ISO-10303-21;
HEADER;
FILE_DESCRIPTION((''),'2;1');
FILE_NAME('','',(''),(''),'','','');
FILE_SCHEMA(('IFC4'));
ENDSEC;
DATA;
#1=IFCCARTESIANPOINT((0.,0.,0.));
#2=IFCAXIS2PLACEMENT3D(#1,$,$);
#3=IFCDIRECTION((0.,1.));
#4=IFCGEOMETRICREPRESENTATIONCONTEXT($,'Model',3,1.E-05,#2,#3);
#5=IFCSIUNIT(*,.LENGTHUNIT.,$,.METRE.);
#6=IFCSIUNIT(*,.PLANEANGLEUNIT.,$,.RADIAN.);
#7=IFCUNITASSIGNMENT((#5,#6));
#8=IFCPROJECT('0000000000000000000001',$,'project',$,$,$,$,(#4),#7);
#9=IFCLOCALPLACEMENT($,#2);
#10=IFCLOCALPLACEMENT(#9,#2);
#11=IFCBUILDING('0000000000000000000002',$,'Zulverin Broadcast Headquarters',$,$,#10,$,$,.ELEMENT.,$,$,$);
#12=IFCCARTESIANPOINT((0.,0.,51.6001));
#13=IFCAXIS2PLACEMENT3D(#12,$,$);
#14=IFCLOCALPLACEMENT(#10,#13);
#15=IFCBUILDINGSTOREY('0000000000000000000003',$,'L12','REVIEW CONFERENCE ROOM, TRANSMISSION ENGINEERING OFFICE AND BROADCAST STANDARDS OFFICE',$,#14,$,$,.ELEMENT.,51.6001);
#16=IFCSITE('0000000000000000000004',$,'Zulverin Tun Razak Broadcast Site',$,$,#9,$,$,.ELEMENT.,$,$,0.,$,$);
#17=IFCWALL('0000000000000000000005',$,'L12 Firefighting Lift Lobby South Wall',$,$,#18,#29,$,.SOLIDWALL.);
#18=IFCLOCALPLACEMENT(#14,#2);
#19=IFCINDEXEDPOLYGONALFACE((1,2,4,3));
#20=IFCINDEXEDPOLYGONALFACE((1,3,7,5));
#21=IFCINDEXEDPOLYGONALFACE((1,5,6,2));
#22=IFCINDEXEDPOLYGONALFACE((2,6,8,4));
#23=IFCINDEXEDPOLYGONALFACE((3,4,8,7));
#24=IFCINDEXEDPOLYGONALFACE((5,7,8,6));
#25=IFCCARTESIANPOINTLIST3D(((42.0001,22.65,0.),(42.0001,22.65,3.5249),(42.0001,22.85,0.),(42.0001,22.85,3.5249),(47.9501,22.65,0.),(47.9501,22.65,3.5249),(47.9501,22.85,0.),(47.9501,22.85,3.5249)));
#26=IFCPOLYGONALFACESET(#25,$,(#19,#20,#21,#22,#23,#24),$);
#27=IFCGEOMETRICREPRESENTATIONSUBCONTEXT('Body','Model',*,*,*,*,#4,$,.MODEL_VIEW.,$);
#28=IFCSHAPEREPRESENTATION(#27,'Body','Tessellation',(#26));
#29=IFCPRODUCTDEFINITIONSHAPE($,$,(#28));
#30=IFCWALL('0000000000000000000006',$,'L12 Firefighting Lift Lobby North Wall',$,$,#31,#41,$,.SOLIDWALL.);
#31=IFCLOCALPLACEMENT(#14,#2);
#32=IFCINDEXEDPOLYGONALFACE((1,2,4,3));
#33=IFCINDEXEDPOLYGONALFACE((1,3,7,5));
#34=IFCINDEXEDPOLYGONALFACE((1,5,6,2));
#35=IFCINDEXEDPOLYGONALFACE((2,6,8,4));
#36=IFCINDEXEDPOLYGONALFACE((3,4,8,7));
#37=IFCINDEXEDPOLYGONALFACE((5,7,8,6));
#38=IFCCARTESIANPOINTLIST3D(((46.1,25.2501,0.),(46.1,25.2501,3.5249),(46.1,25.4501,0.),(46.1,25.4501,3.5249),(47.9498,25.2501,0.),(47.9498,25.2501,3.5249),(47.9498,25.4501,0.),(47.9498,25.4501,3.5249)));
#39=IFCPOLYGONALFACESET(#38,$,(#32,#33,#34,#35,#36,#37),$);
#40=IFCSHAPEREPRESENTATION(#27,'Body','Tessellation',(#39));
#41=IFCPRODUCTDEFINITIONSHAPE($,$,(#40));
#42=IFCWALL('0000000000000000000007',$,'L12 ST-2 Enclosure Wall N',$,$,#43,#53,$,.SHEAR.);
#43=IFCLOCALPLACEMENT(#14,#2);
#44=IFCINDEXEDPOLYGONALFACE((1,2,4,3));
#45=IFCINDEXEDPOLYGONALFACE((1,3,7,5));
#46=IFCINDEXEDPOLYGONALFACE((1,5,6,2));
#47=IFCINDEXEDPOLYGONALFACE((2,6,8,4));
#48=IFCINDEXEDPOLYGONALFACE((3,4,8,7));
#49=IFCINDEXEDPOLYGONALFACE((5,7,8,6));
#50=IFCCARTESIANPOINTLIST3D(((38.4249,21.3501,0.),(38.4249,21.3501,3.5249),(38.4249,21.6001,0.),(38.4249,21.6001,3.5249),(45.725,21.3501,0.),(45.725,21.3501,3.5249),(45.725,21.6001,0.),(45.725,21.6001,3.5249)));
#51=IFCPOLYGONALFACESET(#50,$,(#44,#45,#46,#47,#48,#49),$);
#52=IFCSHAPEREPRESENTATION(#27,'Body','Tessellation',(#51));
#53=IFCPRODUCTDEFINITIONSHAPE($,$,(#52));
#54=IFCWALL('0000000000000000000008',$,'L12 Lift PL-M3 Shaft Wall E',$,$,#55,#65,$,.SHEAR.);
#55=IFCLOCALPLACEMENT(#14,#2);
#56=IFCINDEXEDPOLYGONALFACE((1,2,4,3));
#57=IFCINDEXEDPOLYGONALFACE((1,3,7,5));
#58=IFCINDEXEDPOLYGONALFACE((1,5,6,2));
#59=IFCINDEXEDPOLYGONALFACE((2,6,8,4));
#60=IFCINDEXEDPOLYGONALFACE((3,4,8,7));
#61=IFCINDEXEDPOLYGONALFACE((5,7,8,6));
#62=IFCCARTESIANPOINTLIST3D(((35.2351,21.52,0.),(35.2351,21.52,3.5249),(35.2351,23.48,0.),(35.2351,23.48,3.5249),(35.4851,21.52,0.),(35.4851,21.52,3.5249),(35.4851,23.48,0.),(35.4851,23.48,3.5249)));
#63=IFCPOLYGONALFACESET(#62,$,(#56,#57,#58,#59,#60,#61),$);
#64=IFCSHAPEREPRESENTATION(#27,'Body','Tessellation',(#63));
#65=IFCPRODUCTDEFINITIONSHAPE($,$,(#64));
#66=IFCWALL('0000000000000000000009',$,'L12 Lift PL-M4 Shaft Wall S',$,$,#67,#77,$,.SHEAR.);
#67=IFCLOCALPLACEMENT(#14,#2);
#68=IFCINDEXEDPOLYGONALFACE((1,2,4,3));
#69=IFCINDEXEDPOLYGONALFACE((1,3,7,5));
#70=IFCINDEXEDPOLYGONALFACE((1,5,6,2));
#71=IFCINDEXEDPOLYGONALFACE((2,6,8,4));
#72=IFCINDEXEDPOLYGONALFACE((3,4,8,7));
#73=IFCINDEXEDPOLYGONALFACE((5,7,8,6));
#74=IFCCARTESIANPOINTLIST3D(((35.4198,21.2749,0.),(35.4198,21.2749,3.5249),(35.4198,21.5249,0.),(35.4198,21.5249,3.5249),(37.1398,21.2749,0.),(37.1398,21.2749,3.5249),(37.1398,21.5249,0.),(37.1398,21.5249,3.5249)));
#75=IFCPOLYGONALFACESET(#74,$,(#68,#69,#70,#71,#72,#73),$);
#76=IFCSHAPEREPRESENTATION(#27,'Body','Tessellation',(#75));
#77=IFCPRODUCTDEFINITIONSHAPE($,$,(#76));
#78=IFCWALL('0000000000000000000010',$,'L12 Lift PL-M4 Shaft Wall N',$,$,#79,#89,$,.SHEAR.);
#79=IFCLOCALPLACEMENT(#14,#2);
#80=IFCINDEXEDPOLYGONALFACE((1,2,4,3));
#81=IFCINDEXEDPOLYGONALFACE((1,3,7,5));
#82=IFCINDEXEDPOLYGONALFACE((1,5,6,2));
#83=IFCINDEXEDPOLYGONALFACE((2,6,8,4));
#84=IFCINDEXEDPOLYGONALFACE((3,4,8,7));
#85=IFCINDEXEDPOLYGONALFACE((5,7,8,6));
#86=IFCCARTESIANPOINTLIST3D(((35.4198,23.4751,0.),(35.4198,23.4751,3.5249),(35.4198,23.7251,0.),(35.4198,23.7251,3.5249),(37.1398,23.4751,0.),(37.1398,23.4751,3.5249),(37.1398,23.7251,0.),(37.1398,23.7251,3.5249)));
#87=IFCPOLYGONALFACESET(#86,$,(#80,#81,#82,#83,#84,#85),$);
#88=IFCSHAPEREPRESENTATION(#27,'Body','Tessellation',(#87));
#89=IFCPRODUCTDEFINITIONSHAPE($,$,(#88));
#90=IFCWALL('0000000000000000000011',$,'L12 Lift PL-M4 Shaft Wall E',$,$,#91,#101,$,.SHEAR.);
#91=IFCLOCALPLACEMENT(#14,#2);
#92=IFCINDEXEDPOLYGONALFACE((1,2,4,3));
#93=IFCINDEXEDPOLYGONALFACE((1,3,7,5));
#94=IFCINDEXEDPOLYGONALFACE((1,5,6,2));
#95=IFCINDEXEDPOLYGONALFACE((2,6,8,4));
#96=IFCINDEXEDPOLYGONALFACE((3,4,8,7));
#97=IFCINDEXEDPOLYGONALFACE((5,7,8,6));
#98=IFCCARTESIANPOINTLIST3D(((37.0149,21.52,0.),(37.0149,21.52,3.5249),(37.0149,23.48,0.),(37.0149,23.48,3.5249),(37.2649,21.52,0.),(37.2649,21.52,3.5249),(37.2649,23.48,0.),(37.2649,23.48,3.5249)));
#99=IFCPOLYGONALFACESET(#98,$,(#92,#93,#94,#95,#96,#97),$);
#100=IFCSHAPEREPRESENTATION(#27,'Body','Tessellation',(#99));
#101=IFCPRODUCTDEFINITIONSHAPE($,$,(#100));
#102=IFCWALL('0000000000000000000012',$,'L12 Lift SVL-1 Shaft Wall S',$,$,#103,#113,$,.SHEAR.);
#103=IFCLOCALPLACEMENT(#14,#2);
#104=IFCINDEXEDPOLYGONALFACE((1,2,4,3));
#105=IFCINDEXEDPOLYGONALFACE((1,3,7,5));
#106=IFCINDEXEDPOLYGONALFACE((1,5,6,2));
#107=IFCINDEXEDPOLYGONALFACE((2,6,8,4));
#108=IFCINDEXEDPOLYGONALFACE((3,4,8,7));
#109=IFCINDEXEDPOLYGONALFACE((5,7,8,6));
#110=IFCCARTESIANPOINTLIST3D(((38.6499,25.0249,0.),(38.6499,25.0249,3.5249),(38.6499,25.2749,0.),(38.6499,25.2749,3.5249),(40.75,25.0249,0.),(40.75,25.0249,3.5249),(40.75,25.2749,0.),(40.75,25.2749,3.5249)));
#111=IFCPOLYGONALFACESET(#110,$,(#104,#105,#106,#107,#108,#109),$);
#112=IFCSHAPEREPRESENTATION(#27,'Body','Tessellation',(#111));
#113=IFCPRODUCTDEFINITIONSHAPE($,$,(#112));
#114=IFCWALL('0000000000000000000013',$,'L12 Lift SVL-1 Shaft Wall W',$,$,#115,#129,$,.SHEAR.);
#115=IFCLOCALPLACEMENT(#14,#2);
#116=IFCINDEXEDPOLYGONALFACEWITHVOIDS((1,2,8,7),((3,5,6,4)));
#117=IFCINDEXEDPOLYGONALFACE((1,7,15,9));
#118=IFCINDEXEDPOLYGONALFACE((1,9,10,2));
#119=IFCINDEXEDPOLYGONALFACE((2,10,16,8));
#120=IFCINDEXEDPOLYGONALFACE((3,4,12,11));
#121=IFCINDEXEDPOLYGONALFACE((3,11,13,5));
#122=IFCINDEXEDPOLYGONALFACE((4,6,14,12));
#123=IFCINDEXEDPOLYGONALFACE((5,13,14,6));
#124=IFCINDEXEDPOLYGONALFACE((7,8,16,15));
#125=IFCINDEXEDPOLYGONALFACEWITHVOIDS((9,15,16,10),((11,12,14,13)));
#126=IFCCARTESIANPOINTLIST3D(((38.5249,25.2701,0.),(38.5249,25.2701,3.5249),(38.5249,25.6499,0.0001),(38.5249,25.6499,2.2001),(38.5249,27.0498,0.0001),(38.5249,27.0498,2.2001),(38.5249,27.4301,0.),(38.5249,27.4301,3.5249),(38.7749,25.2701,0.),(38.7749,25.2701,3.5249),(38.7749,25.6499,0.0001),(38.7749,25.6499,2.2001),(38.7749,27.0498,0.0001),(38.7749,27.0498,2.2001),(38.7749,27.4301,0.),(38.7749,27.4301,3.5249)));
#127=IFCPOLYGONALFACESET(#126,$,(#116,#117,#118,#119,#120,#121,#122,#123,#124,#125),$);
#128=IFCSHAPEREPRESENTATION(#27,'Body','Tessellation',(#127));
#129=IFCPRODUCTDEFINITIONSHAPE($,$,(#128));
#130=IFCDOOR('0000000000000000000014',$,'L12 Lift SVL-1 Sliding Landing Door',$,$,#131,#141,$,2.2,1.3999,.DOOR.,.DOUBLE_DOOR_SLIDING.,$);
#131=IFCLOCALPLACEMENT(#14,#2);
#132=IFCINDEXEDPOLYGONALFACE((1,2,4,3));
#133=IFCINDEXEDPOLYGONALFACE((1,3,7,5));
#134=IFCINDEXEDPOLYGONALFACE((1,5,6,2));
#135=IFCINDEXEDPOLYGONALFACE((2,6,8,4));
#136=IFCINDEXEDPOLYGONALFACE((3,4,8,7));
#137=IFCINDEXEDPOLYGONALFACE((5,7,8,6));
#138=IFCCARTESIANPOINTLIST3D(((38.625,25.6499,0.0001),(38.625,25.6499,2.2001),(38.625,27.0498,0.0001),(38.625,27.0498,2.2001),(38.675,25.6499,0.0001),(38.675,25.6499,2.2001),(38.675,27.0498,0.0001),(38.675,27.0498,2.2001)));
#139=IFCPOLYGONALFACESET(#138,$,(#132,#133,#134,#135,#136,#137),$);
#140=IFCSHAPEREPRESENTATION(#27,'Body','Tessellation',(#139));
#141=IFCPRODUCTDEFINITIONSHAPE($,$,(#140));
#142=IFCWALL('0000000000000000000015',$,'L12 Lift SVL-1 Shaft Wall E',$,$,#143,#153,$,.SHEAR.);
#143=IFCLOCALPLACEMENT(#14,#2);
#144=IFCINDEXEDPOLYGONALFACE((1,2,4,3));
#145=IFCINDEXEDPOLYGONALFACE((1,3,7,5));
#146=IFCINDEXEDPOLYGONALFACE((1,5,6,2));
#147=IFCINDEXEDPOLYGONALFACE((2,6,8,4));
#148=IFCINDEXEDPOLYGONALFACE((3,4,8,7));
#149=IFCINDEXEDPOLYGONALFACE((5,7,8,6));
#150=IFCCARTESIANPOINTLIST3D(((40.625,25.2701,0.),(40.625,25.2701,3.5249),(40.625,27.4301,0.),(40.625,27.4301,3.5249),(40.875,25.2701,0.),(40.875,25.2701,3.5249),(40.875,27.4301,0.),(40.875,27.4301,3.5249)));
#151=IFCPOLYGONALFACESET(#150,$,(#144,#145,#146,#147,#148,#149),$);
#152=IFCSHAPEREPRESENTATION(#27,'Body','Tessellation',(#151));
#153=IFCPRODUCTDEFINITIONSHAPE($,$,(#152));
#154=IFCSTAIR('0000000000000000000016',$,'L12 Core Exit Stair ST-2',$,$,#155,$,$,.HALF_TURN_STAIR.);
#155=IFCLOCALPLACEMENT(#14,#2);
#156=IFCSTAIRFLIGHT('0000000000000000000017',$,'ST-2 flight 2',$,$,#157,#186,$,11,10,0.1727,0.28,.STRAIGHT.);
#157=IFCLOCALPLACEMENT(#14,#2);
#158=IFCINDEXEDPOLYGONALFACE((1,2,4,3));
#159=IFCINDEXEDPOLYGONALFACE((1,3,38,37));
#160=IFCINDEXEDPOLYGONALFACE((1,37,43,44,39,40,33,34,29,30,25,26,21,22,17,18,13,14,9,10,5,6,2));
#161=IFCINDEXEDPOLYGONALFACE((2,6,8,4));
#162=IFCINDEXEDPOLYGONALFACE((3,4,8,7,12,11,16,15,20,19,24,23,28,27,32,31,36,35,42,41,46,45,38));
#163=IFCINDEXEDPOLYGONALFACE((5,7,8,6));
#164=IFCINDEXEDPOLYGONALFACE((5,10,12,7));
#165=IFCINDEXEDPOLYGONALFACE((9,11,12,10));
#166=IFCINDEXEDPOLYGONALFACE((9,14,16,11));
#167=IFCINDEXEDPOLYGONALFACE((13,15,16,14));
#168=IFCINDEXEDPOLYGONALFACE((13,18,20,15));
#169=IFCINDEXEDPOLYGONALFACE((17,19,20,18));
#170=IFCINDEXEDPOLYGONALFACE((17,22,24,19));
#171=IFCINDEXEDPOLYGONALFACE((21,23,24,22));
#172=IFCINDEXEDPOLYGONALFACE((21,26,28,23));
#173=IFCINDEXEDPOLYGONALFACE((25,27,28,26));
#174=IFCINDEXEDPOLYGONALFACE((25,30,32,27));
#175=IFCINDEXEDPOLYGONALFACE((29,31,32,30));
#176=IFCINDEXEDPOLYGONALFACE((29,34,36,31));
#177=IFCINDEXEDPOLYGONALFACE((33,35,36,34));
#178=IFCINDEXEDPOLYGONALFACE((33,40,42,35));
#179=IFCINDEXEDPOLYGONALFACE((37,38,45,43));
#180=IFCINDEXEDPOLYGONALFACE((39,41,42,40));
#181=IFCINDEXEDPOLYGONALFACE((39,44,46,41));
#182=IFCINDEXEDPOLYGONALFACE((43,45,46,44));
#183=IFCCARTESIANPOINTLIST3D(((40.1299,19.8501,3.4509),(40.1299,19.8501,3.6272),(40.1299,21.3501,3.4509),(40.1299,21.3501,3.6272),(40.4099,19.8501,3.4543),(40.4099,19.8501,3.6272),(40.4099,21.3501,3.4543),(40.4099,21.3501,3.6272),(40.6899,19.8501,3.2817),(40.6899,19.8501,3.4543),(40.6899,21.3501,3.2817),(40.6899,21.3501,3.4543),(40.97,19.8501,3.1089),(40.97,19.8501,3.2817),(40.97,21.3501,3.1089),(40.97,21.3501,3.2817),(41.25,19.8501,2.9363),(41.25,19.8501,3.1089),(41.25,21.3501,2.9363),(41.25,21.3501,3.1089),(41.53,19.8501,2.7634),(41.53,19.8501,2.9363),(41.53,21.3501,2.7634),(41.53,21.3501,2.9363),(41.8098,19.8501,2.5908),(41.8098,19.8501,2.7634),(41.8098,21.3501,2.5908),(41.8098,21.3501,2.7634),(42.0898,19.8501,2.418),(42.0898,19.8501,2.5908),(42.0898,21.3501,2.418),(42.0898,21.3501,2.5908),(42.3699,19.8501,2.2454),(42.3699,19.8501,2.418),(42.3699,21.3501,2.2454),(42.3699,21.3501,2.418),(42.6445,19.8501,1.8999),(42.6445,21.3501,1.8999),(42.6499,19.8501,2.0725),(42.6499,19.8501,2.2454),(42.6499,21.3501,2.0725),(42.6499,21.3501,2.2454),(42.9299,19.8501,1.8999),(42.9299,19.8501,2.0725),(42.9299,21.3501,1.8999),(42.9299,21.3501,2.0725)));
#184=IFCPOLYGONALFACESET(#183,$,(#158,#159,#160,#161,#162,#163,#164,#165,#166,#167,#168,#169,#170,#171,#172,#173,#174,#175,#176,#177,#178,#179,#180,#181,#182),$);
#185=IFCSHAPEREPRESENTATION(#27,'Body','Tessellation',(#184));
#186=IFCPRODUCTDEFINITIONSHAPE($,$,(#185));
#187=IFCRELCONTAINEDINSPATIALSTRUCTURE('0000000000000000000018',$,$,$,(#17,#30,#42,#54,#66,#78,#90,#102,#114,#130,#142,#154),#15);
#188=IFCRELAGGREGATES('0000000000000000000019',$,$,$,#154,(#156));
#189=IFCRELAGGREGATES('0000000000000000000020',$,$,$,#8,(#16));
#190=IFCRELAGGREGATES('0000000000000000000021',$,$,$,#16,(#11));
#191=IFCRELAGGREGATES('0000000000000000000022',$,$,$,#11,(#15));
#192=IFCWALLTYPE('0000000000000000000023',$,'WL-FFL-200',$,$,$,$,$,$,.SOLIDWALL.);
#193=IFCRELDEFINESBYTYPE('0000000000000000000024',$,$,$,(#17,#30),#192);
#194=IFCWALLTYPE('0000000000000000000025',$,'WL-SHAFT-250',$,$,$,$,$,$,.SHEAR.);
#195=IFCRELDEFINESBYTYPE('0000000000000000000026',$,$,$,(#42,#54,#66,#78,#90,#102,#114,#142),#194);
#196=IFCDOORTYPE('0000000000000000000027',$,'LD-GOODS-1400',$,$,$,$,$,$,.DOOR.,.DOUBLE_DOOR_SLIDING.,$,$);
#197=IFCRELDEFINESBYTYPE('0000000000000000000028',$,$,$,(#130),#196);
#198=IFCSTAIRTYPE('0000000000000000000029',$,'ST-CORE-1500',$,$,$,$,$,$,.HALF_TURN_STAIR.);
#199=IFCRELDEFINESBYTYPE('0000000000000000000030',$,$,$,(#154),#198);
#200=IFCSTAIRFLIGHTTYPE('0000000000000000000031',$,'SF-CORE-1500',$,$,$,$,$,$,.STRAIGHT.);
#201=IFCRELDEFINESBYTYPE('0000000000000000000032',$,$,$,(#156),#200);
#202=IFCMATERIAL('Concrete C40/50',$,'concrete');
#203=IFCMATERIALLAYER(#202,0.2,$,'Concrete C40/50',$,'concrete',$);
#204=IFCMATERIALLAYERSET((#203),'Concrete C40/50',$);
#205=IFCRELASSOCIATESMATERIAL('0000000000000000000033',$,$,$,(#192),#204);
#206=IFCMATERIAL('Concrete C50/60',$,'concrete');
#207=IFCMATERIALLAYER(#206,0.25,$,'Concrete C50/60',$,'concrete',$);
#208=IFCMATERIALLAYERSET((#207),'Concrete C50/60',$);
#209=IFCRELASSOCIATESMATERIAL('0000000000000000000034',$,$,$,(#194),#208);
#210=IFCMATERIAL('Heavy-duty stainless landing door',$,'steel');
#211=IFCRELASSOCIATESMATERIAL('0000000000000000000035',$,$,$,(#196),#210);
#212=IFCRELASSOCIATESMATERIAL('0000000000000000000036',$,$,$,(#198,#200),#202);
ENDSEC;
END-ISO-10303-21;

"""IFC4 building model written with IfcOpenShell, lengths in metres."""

from ifc_helpers import new_model, si_unit, direction, frame, frame_2d, origin, place, context, subcontext, project, spatial, polyline, rectangle, outline, extrude, material, layer, layer_set, type_object, element, fill, aggregate, save


model = new_model("IFC4")

# Units and contexts
model_context = context("Model", 3, precision=1e-05, world=origin(), true_north=direction((0.0, 1.0)))
body_context = subcontext(model_context, "Body", "Model", "MODEL_VIEW")
ifc_project = project(units=[si_unit("LENGTHUNIT", "METRE"), si_unit("PLANEANGLEUNIT", "RADIAN")], contexts=[model_context])

# Site, building, storey
site_placement = place(None, origin())
site = spatial("IfcSite", under=ifc_project, at=site_placement, Name="Zulverin Tun Razak Broadcast Site", CompositionType="ELEMENT", RefElevation=0.0)
building_placement = place(site_placement, origin())
building = spatial("IfcBuilding", under=site, at=building_placement, Name="Zulverin Broadcast Headquarters", CompositionType="ELEMENT")
storey_placement = place(building_placement, frame((0.0, 0.0, 51.6001)))
storey = spatial("IfcBuildingStorey", under=building, at=storey_placement, Name="L12", Description="REVIEW CONFERENCE ROOM, TRANSMISSION ENGINEERING OFFICE AND BROADCAST STANDARDS OFFICE", CompositionType="ELEMENT", Elevation=51.6001)

# Shared definitions
ifc_material_1 = material(Name="Concrete C40/50", Category="concrete")
ifc_layer_1 = layer(ifc_material_1, 0.2, Name="Concrete C40/50", Category="concrete")
ifc_layer_set_1 = layer_set([ifc_layer_1], Name="Concrete C40/50")
wall_type_1 = type_object("IfcWallType", Name="WL-FFL-200", PredefinedType="SOLIDWALL", material=ifc_layer_set_1)

# Walls
wall_1_placement = place(storey_placement, frame((42.0, 22.75, 0.0), z_axis=(0.0, 0.0, 1.0), x_axis=(1.0, 0.0, 0.0)))
element("IfcWall", 1, at=wall_1_placement, inside=storey, type_object=wall_type_1, Name="L12 Firefighting Lift Lobby South Wall", PredefinedType="SOLIDWALL", context=body_context, shape_type="SweptSolid", body=[
    extrude(rectangle(XDim=5.95, YDim=0.2, at=frame_2d((2.9751, 0.0))), origin(), (0.0, 0.0, 1.0), 3.5249),
])
wall_2_placement = place(storey_placement, frame((46.1001, 25.3501, 0.0), z_axis=(0.0, 0.0, 1.0), x_axis=(1.0, 0.0, 0.0)))
element("IfcWall", 2, at=wall_2_placement, inside=storey, type_object=wall_type_1, Name="L12 Firefighting Lift Lobby North Wall", PredefinedType="SOLIDWALL", context=body_context, shape_type="SweptSolid", body=[
    extrude(rectangle(XDim=1.8499, YDim=0.2, at=frame_2d((0.9248, 0.0))), origin(), (0.0, 0.0, 1.0), 3.5249),
])

# Walls
ifc_material_2 = material(Name="Concrete C50/60", Category="concrete")
ifc_layer_2 = layer(ifc_material_2, 0.25, Name="Concrete C50/60", Category="concrete")
ifc_layer_set_2 = layer_set([ifc_layer_2], Name="Concrete C50/60")
wall_type_2 = type_object("IfcWallType", Name="WL-SHAFT-250", PredefinedType="SHEAR", material=ifc_layer_set_2)
wall_3_placement = place(storey_placement, frame((38.425, 21.4751, 0.0), z_axis=(0.0, 0.0, 1.0), x_axis=(1.0, 0.0, 0.0)))
element("IfcWall", 3, at=wall_3_placement, inside=storey, type_object=wall_type_2, Name="L12 ST-2 Enclosure Wall N", PredefinedType="SHEAR", context=body_context, shape_type="SweptSolid", body=[
    extrude(rectangle(XDim=7.3, YDim=0.25, at=frame_2d((3.6499, 0.0))), origin(), (0.0, 0.0, 1.0), 3.5249),
])
wall_4_placement = place(storey_placement, frame((35.3601, 21.52, 0.0), z_axis=(0.0, 0.0, 1.0), x_axis=(0.0, 1.0, 0.0)))
element("IfcWall", 4, at=wall_4_placement, inside=storey, type_object=wall_type_2, Name="L12 Lift PL-M3 Shaft Wall E", PredefinedType="SHEAR", context=body_context, shape_type="SweptSolid", body=[
    extrude(rectangle(XDim=1.96, YDim=0.25, at=frame_2d((0.98, 0.0))), origin(), (0.0, 0.0, 1.0), 3.5249),
])
for number, where, z_axis, x_axis, name in (
    (5, (35.4199, 21.3999, 0.0), (0.0, 0.0, 1.0), (1.0, 0.0, 0.0), "L12 Lift PL-M4 Shaft Wall S"),
    (6, (35.4199, 23.6001, 0.0), (0.0, 0.0, 1.0), (1.0, 0.0, 0.0), "L12 Lift PL-M4 Shaft Wall N"),
):
    element("IfcWall", number, at=place(storey_placement, frame(where, z_axis=z_axis, x_axis=x_axis)), inside=storey, type_object=wall_type_2, Name=name, PredefinedType="SHEAR", context=body_context, shape_type="SweptSolid", body=[
        extrude(rectangle(XDim=1.72, YDim=0.25, at=frame_2d((0.8599, 0.0))), origin(), (0.0, 0.0, 1.0), 3.5249),
    ])
wall_5_placement = place(storey_placement, frame((37.1399, 21.52, 0.0), z_axis=(0.0, 0.0, 1.0), x_axis=(0.0, 1.0, 0.0)))
element("IfcWall", 7, at=wall_5_placement, inside=storey, type_object=wall_type_2, Name="L12 Lift PL-M4 Shaft Wall E", PredefinedType="SHEAR", context=body_context, shape_type="SweptSolid", body=[
    extrude(rectangle(XDim=1.96, YDim=0.25, at=frame_2d((0.98, 0.0))), origin(), (0.0, 0.0, 1.0), 3.5249),
])

# Wall
wall_6_placement = place(storey_placement, frame((38.6499, 25.1499, 0.0), z_axis=(0.0, 0.0, 1.0), x_axis=(1.0, 0.0, 0.0)))
element("IfcWall", 8, at=wall_6_placement, inside=storey, type_object=wall_type_2, Name="L12 Lift SVL-1 Shaft Wall S", PredefinedType="SHEAR", context=body_context, shape_type="SweptSolid", body=[
    extrude(rectangle(XDim=2.1001, YDim=0.25, at=frame_2d((1.05, 0.0))), origin(), (0.0, 0.0, 1.0), 3.5249),
])

# Wall, opening, door
wall_7_placement = place(storey_placement, frame((38.6499, 25.27, 0.0), z_axis=(0.0, 0.0, 1.0), x_axis=(0.0, 1.0, 0.0)))
wall_7 = element("IfcWall", 9, at=wall_7_placement, inside=storey, type_object=wall_type_2, Name="L12 Lift SVL-1 Shaft Wall W", PredefinedType="SHEAR", context=body_context, shape_type="SweptSolid", body=[
    extrude(rectangle(XDim=2.1599, YDim=0.25, at=frame_2d((1.0801, 0.0))), origin(), (0.0, 0.0, 1.0), 3.5249),
])
opening_1_placement = place(wall_7_placement, frame((0.3799, 0.0, 0.0)))
opening_1 = element("IfcOpeningElement", 10, at=opening_1_placement, cuts=wall_7, PredefinedType="OPENING", context=body_context, shape_type="SweptSolid", body=[
    extrude(rectangle(XDim=1.3999, YDim=2.2, at=frame_2d((0.7, 1.1001))), frame((0.0, 0.135, 0.0), z_axis=(0.0, -1.0, 0.0), x_axis=(1.0, 0.0, 0.0)), (0.0, 0.0, 1.0), 0.27),
])
ifc_material_3 = material(Name="Heavy-duty stainless landing door", Category="steel")
door_type_1 = type_object("IfcDoorType", Name="LD-GOODS-1400", OperationType="DOUBLE_DOOR_SLIDING", PredefinedType="DOOR", material=ifc_material_3)
door_1_placement = place(opening_1_placement, origin())
door_1 = element("IfcDoor", 11, at=door_1_placement, inside=storey, type_object=door_type_1, Name="L12 Lift SVL-1 Sliding Landing Door", OperationType="DOUBLE_DOOR_SLIDING", OverallHeight=2.2, OverallWidth=1.3999, PredefinedType="DOOR", context=body_context, shape_type="SweptSolid", body=[
    extrude(rectangle(XDim=1.3999, YDim=2.2, at=frame_2d((0.7, 1.1001))), frame((0.0, 0.0249, 0.0), z_axis=(0.0, -1.0, 0.0), x_axis=(1.0, 0.0, 0.0)), (0.0, 0.0, 1.0), 0.05),
])
fill(opening_1, door_1)

# Wall
wall_8_placement = place(storey_placement, frame((40.75, 25.27, 0.0), z_axis=(0.0, 0.0, 1.0), x_axis=(0.0, 1.0, 0.0)))
element("IfcWall", 12, at=wall_8_placement, inside=storey, type_object=wall_type_2, Name="L12 Lift SVL-1 Shaft Wall E", PredefinedType="SHEAR", context=body_context, shape_type="SweptSolid", body=[
    extrude(rectangle(XDim=2.1599, YDim=0.25, at=frame_2d((1.0801, 0.0))), origin(), (0.0, 0.0, 1.0), 3.5249),
])

# Stair, stair flight
stair_type = type_object("IfcStairType", Name="ST-CORE-1500", PredefinedType="HALF_TURN_STAIR", material=ifc_material_1)
stair_placement = place(storey_placement, origin())
stair = element("IfcStair", 13, at=stair_placement, inside=storey, type_object=stair_type, Name="L12 Core Exit Stair ST-2", PredefinedType="HALF_TURN_STAIR")
stair_flight_type = type_object("IfcStairFlightType", Name="SF-CORE-1500", PredefinedType="STRAIGHT", material=ifc_material_1)
stair_flight_placement = place(storey_placement, frame((42.9299, 20.6001, 1.8999), z_axis=(0.0, 0.0, 1.0), x_axis=(-1.0, 0.0, 0.0)))
stair_flight = element("IfcStairFlight", 14, at=stair_flight_placement, type_object=stair_flight_type, Name="ST-2 flight 2", NumberOfRisers=11, NumberOfTreads=10, PredefinedType="STRAIGHT", RiserHeight=0.1727, TreadLength=0.28, context=body_context, shape_type="SweptSolid", body=[
    extrude(outline(polyline([(0.0, 0.0), (0.0, 0.1726), (0.28, 0.1726), (0.28, 0.3455), (0.5601, 0.3455), (0.5601, 0.5181), (0.8401, 0.5181), (0.8401, 0.6909), (1.1201, 0.6909), (1.1201, 0.8635), (1.3999, 0.8635), (1.3999, 1.0364), (1.6799, 1.0364), (1.6799, 1.209), (1.96, 1.209), (1.96, 1.3818), (2.24, 1.3818), (2.24, 1.5544), (2.52, 1.5544), (2.52, 1.7273), (2.8, 1.7273), (2.8, 1.8999), (2.8, 1.551), (0.2854, 0.0), (0.0, 0.0)])), frame((0.0, 0.75, 0.0), z_axis=(0.0, -1.0, 0.0), x_axis=(1.0, 0.0, 0.0)), (0.0, 0.0, 1.0), 1.5),
])
aggregate(stair, [stair_flight])

save(model, "model.ifc")
